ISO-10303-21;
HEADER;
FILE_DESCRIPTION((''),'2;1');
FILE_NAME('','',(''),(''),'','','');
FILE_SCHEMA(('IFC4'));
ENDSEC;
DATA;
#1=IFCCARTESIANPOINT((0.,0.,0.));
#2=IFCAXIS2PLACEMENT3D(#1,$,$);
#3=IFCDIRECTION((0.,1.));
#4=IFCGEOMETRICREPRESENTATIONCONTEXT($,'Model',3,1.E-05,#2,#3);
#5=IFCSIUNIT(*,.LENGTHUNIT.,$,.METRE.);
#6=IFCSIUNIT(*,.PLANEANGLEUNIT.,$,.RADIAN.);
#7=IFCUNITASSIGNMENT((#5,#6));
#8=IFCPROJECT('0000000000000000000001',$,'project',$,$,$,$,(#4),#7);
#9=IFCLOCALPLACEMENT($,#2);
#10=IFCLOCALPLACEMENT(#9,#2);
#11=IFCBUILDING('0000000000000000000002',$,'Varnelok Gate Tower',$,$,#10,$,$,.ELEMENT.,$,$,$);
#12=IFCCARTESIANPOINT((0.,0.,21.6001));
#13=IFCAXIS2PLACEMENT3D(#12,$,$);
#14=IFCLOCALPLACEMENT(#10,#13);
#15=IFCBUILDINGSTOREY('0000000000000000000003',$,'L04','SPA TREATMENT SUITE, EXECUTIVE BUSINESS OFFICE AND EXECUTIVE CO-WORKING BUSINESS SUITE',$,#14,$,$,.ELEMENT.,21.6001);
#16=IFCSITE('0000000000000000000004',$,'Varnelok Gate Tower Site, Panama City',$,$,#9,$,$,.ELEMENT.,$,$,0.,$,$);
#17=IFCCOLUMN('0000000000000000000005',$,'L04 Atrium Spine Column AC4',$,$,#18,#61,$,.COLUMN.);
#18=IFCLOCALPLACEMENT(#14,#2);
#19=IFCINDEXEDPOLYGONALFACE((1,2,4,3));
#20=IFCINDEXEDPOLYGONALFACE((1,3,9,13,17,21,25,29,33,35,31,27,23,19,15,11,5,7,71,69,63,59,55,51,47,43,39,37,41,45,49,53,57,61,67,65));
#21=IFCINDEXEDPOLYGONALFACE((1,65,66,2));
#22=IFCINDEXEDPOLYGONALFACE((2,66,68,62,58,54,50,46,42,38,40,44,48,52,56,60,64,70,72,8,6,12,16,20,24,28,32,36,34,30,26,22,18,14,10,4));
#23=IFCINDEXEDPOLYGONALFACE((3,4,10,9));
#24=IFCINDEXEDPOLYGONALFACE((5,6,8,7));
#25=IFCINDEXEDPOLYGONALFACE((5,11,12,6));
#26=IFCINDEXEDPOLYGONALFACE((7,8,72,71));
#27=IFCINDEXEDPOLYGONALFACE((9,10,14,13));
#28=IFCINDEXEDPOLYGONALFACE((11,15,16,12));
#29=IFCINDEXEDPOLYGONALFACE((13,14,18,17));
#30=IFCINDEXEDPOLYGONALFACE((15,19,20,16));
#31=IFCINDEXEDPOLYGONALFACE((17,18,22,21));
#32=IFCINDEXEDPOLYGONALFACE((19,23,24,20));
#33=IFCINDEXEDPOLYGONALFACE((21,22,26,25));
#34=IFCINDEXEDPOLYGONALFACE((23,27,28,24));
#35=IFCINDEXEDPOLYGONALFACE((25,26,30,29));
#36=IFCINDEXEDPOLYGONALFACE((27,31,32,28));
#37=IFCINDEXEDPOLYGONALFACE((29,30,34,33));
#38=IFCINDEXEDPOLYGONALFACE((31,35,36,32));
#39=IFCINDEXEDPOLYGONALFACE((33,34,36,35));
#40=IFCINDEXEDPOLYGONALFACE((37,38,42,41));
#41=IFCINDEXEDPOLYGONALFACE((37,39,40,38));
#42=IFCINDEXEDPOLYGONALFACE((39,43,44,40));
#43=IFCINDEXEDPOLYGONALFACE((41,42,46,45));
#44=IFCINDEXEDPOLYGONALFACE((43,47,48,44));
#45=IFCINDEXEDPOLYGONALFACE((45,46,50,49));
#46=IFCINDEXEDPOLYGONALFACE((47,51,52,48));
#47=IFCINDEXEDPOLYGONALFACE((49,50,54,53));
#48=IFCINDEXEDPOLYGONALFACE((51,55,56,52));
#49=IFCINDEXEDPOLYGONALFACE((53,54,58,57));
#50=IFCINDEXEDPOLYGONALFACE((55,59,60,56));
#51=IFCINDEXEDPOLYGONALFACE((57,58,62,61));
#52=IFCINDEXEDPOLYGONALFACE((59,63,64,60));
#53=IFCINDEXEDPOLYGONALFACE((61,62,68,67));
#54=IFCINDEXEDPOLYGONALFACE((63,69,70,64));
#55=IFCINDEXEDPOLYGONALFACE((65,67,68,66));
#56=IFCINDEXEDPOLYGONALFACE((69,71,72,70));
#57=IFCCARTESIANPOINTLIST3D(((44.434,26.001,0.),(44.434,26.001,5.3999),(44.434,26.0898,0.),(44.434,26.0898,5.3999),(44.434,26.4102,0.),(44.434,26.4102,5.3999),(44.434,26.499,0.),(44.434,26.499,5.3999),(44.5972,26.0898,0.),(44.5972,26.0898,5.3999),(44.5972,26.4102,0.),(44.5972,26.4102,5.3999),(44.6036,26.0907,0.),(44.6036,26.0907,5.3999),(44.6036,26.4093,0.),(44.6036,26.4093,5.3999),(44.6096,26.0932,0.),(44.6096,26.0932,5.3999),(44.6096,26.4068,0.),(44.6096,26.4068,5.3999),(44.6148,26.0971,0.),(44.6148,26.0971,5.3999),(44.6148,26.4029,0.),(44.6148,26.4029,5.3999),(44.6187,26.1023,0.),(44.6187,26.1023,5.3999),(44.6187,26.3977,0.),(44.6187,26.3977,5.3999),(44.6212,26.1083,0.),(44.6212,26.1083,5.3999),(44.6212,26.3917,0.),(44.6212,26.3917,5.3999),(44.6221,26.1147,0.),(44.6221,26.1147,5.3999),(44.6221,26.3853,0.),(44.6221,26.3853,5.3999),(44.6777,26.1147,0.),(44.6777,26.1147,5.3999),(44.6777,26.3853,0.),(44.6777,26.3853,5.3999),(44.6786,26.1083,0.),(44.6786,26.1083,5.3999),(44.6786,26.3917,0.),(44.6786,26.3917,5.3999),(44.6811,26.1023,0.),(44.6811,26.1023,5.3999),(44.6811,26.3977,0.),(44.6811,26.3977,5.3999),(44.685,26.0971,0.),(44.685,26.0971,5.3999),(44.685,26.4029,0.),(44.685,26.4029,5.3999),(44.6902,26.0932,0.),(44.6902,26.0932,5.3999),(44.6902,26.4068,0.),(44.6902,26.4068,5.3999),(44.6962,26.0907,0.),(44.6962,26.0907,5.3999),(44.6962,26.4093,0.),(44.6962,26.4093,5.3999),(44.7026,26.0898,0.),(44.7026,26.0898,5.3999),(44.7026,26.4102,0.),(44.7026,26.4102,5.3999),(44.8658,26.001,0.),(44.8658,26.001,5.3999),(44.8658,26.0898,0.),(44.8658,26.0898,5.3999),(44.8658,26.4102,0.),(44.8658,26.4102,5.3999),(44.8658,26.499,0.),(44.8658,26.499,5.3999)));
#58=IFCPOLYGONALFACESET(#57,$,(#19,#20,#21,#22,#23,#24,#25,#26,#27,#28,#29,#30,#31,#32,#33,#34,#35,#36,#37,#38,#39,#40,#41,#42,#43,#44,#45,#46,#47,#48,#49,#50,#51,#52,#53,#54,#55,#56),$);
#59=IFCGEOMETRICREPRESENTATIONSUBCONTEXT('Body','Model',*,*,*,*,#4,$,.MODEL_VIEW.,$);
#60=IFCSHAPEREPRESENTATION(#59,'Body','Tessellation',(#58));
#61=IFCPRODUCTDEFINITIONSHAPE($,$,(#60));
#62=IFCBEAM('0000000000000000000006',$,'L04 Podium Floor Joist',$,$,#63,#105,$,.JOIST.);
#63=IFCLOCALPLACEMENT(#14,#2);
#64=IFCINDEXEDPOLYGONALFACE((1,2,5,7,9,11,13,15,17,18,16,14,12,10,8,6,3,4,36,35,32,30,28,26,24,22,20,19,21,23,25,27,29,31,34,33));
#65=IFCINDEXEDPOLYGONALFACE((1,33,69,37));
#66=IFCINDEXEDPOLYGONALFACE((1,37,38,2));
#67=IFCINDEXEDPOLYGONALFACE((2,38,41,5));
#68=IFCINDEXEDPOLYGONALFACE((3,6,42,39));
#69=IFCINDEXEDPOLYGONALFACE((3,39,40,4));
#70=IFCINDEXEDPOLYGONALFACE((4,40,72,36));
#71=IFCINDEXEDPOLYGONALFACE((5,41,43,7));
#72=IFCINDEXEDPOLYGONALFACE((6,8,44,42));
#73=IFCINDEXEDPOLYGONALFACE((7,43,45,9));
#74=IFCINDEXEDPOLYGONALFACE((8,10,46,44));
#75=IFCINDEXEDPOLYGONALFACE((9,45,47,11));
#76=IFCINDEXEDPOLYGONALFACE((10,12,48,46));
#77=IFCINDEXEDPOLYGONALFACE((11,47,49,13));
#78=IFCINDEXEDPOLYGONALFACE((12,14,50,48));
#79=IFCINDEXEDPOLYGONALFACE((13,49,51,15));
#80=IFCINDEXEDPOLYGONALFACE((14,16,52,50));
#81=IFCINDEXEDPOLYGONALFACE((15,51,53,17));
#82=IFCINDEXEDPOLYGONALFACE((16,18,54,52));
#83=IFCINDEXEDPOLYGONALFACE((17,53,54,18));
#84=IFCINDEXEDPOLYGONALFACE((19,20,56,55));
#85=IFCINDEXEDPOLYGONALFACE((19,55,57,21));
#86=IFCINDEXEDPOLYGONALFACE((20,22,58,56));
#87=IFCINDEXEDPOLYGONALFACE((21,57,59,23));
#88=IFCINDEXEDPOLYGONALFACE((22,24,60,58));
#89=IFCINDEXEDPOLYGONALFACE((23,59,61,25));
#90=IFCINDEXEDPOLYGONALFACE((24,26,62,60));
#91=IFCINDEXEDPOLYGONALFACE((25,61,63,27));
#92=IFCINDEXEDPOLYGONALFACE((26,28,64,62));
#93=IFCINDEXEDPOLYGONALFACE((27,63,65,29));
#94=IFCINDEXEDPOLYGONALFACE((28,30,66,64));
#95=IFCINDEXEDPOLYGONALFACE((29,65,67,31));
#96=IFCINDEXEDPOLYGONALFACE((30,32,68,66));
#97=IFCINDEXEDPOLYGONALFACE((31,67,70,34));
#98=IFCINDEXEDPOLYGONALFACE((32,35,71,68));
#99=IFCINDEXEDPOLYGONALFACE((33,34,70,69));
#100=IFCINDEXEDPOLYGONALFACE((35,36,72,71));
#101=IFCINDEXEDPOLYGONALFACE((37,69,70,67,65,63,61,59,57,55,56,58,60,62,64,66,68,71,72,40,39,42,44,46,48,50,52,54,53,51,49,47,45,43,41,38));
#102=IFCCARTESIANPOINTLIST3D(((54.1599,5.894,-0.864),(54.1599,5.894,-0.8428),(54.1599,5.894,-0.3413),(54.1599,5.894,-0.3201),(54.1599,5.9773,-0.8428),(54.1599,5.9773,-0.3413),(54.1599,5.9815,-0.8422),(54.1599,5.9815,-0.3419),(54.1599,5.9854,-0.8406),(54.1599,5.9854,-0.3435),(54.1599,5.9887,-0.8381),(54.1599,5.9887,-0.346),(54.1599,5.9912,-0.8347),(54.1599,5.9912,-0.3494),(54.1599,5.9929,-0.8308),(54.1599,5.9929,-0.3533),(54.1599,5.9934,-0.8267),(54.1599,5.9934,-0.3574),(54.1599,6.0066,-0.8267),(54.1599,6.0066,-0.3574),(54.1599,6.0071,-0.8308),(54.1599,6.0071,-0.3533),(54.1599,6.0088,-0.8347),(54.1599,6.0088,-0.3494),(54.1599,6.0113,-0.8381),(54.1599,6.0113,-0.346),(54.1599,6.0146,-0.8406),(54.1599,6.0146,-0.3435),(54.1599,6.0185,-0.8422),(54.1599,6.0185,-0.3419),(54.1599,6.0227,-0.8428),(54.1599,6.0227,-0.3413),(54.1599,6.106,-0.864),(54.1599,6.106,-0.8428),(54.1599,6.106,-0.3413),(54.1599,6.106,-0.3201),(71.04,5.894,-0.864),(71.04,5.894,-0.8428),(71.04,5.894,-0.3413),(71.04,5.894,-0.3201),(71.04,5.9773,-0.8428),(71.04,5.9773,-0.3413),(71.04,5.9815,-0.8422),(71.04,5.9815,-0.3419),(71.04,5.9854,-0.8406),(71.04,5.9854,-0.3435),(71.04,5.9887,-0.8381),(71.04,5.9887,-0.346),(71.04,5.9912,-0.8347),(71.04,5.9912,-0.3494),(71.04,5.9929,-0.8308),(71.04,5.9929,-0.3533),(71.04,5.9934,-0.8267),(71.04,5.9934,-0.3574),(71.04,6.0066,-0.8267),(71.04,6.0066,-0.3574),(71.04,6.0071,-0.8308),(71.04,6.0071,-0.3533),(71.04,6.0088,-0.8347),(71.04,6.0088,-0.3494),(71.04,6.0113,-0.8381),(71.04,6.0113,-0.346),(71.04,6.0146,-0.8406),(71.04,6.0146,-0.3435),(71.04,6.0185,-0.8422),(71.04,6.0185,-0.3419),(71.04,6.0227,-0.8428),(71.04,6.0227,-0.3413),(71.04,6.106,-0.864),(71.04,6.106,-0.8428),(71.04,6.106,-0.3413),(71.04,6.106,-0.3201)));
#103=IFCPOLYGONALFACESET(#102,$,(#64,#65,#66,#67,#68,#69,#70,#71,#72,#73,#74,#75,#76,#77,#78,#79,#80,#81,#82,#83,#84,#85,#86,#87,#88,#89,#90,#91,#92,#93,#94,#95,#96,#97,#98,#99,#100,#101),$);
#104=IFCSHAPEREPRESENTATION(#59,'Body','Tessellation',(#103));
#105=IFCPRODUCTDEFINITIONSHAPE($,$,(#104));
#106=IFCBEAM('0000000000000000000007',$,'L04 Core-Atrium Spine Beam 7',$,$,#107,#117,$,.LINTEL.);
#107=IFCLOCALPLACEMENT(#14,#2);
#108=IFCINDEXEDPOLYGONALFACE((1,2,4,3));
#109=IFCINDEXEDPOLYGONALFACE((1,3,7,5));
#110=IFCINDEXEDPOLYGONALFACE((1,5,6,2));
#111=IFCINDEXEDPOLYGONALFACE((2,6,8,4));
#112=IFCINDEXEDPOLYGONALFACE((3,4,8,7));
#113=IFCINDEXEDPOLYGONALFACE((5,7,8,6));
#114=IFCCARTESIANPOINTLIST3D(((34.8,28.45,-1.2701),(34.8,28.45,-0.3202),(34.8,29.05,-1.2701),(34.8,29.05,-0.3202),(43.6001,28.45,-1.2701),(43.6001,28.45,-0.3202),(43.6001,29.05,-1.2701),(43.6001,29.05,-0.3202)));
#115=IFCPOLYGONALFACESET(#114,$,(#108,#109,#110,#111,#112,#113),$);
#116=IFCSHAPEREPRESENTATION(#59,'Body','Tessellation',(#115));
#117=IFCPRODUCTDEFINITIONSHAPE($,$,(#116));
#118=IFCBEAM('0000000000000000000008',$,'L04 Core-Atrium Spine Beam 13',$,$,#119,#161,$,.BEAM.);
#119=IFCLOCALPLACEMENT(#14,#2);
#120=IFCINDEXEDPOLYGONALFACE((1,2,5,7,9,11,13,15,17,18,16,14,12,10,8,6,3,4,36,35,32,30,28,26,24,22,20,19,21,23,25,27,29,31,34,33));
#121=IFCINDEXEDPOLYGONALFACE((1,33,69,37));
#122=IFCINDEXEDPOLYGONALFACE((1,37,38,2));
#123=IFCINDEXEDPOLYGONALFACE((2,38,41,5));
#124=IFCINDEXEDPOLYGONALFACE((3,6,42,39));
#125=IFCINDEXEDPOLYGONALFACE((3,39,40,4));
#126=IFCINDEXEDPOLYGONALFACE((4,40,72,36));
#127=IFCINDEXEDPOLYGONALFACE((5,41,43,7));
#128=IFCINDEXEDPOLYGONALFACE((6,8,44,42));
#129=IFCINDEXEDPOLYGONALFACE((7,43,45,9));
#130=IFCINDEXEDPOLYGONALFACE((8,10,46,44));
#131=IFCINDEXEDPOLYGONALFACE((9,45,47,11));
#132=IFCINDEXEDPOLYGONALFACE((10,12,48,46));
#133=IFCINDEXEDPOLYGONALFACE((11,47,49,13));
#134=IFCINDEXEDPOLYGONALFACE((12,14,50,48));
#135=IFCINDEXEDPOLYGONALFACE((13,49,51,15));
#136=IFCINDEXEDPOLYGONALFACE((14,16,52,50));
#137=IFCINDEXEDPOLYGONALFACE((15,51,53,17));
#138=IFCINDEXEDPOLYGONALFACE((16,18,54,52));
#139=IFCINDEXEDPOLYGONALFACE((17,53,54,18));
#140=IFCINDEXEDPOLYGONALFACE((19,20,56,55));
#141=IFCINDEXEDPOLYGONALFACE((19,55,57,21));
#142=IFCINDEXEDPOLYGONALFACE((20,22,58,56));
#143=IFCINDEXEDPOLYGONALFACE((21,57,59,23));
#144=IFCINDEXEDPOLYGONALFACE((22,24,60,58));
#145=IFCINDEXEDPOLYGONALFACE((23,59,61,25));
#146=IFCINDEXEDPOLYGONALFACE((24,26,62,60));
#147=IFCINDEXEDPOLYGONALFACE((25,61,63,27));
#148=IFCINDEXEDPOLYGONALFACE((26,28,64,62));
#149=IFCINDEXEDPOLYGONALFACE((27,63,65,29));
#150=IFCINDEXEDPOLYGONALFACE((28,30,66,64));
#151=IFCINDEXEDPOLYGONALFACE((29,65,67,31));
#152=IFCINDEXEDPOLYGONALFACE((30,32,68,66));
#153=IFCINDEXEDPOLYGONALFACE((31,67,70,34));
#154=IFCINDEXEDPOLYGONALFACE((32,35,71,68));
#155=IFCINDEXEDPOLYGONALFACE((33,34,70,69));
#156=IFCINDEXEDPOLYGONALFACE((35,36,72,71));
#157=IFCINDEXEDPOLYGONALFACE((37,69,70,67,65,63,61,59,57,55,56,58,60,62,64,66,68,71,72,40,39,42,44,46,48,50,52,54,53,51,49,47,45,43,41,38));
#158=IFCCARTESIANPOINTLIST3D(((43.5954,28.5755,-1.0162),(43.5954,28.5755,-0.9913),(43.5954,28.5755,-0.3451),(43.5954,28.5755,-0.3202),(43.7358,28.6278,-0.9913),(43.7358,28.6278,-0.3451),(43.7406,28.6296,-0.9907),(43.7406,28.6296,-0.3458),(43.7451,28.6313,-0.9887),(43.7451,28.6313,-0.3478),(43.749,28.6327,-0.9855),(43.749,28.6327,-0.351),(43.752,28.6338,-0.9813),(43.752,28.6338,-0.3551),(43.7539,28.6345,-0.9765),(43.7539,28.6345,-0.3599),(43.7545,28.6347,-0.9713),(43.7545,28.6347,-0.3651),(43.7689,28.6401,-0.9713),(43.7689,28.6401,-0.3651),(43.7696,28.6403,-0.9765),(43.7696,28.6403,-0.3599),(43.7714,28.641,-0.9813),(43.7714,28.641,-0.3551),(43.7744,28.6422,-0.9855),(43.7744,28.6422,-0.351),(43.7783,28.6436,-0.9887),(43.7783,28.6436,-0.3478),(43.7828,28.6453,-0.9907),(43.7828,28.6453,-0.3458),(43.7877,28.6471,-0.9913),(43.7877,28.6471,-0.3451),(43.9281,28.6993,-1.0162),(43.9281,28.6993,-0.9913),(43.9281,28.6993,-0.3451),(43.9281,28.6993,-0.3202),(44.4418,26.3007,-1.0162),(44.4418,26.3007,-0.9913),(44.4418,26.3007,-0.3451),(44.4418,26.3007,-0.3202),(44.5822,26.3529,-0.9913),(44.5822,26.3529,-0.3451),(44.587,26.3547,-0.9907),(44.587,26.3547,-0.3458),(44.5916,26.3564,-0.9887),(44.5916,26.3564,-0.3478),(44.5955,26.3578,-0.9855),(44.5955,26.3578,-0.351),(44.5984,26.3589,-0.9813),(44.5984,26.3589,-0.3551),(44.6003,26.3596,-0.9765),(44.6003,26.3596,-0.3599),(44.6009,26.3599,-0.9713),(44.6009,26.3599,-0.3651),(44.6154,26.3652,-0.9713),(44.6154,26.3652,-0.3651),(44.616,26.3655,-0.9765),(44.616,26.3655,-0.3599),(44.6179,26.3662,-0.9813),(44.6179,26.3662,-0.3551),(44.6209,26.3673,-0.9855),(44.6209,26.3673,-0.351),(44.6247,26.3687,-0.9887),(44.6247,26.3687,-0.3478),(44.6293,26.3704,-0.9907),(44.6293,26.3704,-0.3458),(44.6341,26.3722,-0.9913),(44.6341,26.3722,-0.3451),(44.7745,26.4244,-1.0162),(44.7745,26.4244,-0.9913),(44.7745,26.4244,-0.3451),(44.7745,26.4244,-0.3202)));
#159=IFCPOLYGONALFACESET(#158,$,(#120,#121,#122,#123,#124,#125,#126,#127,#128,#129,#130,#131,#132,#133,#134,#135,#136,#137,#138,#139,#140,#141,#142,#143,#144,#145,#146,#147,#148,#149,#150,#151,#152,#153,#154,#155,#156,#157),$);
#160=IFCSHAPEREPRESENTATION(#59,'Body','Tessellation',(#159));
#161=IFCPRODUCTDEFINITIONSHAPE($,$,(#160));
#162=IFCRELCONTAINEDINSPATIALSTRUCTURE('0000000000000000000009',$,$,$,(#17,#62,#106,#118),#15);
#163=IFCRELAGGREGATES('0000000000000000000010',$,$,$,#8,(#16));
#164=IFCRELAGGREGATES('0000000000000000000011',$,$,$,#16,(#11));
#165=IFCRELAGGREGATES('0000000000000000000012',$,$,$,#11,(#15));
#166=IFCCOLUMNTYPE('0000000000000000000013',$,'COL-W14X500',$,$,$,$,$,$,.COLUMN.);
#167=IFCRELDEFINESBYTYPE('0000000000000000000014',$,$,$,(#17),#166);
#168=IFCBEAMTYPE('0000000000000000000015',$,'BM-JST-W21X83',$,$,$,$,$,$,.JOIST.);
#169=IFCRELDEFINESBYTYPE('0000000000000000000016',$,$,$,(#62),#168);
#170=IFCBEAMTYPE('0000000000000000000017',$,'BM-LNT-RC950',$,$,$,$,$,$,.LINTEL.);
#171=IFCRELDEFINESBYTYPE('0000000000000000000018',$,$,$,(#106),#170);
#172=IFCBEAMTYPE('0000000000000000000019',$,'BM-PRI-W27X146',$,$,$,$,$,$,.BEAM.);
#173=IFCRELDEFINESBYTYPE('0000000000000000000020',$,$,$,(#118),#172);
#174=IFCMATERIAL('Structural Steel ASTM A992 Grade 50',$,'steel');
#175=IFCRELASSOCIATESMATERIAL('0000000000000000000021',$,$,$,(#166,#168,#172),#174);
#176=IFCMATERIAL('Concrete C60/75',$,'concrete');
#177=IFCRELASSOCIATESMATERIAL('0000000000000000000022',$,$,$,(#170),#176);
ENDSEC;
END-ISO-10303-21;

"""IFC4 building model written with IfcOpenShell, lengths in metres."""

from ifc_helpers import new_model, si_unit, direction, frame, origin, origin_2d, place, context, subcontext, project, spatial, rectangle, i_section, extrude, material, material_profile, profile_set, type_object, element, save


model = new_model("IFC4")

# Units and contexts
model_context = context("Model", 3, precision=1e-05, world=origin(), true_north=direction((0.0, 1.0)))
body_context = subcontext(model_context, "Body", "Model", "MODEL_VIEW")
ifc_project = project(units=[si_unit("LENGTHUNIT", "METRE"), si_unit("PLANEANGLEUNIT", "RADIAN")], contexts=[model_context])

# Site, building, storey
site_placement = place(None, origin())
site = spatial("IfcSite", under=ifc_project, at=site_placement, Name="Varnelok Gate Tower Site, Panama City", CompositionType="ELEMENT", RefElevation=0.0)
building_placement = place(site_placement, origin())
building = spatial("IfcBuilding", under=site, at=building_placement, Name="Varnelok Gate Tower", CompositionType="ELEMENT")
storey_placement = place(building_placement, frame((0.0, 0.0, 21.6001)))
storey = spatial("IfcBuildingStorey", under=building, at=storey_placement, Name="L04", Description="SPA TREATMENT SUITE, EXECUTIVE BUSINESS OFFICE AND EXECUTIVE CO-WORKING BUSINESS SUITE", CompositionType="ELEMENT", Elevation=21.6001)

# Column
ifc_material_1 = material(Name="Concrete C60/75", Category="concrete")
ifc_material_2 = material(Name="Structural Steel ASTM A992 Grade 50", Category="steel")
ifc_material_profile_1 = material_profile(ifc_material_2, i_section(OverallWidth=0.4319, OverallDepth=0.498, WebThickness=0.0557, FlangeThickness=0.0889, FilletRadius=0.0249, at=origin_2d()), Name="W14X500")
ifc_profile_set_1 = profile_set([ifc_material_profile_1], Name="Structural Steel ASTM A992 Grade 50")
column_type_1 = type_object("IfcColumnType", Name="COL-W14X500", PredefinedType="COLUMN", material=ifc_profile_set_1)
for number, where, z_axis, x_axis, name in (
    (1, (44.6499, 26.25, 0.0), (0.0, 0.0, 1.0), (1.0, 0.0, 0.0), "L04 Atrium Spine Column AC4"),
):
    element("IfcColumn", number, at=place(storey_placement, frame(where, z_axis=z_axis, x_axis=x_axis)), inside=storey, type_object=column_type_1, Name=name, PredefinedType="COLUMN", context=body_context, shape_type="SweptSolid", body=[
        extrude(i_section(OverallWidth=0.4319, OverallDepth=0.498, WebThickness=0.0557, FlangeThickness=0.0889, FilletRadius=0.0249, at=origin_2d()), origin(), (0.0, 0.0, 1.0), 5.3999),
    ])

# Beams
ifc_material_profile_2 = material_profile(ifc_material_2, i_section(OverallWidth=0.2119, OverallDepth=0.5439, WebThickness=0.0132, FlangeThickness=0.0212, FilletRadius=0.0161, at=origin_2d()), Name="W21X83")
ifc_profile_set_2 = profile_set([ifc_material_profile_2], Name="Structural Steel ASTM A992 Grade 50")
beam_type_1 = type_object("IfcBeamType", Name="BM-JST-W21X83", PredefinedType="JOIST", material=ifc_profile_set_2)
beam_1_placement = place(storey_placement, frame((54.1599, 6.0, -0.592), z_axis=(1.0, 0.0, 0.0), x_axis=(0.0, 1.0, 0.0)))
element("IfcBeam", 2, at=beam_1_placement, inside=storey, type_object=beam_type_1, Name="L04 Podium Floor Joist", PredefinedType="JOIST", context=body_context, shape_type="SweptSolid", body=[
    extrude(i_section(OverallWidth=0.2119, OverallDepth=0.5439, WebThickness=0.0132, FlangeThickness=0.0212, FilletRadius=0.0161, at=origin_2d()), origin(), (0.0, 0.0, 1.0), 16.8801),
])
ifc_material_profile_3 = material_profile(ifc_material_1, rectangle(XDim=0.6001, YDim=0.95, at=origin_2d()), Name="RC950X600")
ifc_profile_set_3 = profile_set([ifc_material_profile_3], Name="Concrete C60/75")
beam_type_2 = type_object("IfcBeamType", Name="BM-LNT-RC950", PredefinedType="LINTEL", material=ifc_profile_set_3)
beam_2_placement = place(storey_placement, frame((34.8, 28.75, -0.7952), z_axis=(1.0, 0.0, 0.0), x_axis=(0.0, 1.0, 0.0)))
element("IfcBeam", 3, at=beam_2_placement, inside=storey, type_object=beam_type_2, Name="L04 Core-Atrium Spine Beam 7", PredefinedType="LINTEL", context=body_context, shape_type="SweptSolid", body=[
    extrude(rectangle(XDim=0.6001, YDim=0.95, at=origin_2d()), origin(), (0.0, 0.0, 1.0), 8.8),
])
ifc_material_profile_4 = material_profile(ifc_material_2, i_section(OverallWidth=0.355, OverallDepth=0.696, WebThickness=0.0154, FlangeThickness=0.0249, FilletRadius=0.02, at=origin_2d()), Name="W27X146")
ifc_profile_set_4 = profile_set([ifc_material_profile_4], Name="Structural Steel ASTM A992 Grade 50")
beam_type_3 = type_object("IfcBeamType", Name="BM-PRI-W27X146", PredefinedType="BEAM", material=ifc_profile_set_4)
beam_3_placement = place(storey_placement, frame((44.6082, 26.3625, -0.6682), z_axis=(-0.348719, 0.937227, 0.0), x_axis=(-0.937227, -0.348719, 0.0)))
element("IfcBeam", 4, at=beam_3_placement, inside=storey, type_object=beam_type_3, Name="L04 Core-Atrium Spine Beam 13", PredefinedType="BEAM", context=body_context, shape_type="SweptSolid", body=[
    extrude(i_section(OverallWidth=0.355, OverallDepth=0.696, WebThickness=0.0154, FlangeThickness=0.0249, FilletRadius=0.02, at=origin_2d()), origin(), (0.0, 0.0, 1.0), 2.4272),
])

save(model, "model.ifc")
